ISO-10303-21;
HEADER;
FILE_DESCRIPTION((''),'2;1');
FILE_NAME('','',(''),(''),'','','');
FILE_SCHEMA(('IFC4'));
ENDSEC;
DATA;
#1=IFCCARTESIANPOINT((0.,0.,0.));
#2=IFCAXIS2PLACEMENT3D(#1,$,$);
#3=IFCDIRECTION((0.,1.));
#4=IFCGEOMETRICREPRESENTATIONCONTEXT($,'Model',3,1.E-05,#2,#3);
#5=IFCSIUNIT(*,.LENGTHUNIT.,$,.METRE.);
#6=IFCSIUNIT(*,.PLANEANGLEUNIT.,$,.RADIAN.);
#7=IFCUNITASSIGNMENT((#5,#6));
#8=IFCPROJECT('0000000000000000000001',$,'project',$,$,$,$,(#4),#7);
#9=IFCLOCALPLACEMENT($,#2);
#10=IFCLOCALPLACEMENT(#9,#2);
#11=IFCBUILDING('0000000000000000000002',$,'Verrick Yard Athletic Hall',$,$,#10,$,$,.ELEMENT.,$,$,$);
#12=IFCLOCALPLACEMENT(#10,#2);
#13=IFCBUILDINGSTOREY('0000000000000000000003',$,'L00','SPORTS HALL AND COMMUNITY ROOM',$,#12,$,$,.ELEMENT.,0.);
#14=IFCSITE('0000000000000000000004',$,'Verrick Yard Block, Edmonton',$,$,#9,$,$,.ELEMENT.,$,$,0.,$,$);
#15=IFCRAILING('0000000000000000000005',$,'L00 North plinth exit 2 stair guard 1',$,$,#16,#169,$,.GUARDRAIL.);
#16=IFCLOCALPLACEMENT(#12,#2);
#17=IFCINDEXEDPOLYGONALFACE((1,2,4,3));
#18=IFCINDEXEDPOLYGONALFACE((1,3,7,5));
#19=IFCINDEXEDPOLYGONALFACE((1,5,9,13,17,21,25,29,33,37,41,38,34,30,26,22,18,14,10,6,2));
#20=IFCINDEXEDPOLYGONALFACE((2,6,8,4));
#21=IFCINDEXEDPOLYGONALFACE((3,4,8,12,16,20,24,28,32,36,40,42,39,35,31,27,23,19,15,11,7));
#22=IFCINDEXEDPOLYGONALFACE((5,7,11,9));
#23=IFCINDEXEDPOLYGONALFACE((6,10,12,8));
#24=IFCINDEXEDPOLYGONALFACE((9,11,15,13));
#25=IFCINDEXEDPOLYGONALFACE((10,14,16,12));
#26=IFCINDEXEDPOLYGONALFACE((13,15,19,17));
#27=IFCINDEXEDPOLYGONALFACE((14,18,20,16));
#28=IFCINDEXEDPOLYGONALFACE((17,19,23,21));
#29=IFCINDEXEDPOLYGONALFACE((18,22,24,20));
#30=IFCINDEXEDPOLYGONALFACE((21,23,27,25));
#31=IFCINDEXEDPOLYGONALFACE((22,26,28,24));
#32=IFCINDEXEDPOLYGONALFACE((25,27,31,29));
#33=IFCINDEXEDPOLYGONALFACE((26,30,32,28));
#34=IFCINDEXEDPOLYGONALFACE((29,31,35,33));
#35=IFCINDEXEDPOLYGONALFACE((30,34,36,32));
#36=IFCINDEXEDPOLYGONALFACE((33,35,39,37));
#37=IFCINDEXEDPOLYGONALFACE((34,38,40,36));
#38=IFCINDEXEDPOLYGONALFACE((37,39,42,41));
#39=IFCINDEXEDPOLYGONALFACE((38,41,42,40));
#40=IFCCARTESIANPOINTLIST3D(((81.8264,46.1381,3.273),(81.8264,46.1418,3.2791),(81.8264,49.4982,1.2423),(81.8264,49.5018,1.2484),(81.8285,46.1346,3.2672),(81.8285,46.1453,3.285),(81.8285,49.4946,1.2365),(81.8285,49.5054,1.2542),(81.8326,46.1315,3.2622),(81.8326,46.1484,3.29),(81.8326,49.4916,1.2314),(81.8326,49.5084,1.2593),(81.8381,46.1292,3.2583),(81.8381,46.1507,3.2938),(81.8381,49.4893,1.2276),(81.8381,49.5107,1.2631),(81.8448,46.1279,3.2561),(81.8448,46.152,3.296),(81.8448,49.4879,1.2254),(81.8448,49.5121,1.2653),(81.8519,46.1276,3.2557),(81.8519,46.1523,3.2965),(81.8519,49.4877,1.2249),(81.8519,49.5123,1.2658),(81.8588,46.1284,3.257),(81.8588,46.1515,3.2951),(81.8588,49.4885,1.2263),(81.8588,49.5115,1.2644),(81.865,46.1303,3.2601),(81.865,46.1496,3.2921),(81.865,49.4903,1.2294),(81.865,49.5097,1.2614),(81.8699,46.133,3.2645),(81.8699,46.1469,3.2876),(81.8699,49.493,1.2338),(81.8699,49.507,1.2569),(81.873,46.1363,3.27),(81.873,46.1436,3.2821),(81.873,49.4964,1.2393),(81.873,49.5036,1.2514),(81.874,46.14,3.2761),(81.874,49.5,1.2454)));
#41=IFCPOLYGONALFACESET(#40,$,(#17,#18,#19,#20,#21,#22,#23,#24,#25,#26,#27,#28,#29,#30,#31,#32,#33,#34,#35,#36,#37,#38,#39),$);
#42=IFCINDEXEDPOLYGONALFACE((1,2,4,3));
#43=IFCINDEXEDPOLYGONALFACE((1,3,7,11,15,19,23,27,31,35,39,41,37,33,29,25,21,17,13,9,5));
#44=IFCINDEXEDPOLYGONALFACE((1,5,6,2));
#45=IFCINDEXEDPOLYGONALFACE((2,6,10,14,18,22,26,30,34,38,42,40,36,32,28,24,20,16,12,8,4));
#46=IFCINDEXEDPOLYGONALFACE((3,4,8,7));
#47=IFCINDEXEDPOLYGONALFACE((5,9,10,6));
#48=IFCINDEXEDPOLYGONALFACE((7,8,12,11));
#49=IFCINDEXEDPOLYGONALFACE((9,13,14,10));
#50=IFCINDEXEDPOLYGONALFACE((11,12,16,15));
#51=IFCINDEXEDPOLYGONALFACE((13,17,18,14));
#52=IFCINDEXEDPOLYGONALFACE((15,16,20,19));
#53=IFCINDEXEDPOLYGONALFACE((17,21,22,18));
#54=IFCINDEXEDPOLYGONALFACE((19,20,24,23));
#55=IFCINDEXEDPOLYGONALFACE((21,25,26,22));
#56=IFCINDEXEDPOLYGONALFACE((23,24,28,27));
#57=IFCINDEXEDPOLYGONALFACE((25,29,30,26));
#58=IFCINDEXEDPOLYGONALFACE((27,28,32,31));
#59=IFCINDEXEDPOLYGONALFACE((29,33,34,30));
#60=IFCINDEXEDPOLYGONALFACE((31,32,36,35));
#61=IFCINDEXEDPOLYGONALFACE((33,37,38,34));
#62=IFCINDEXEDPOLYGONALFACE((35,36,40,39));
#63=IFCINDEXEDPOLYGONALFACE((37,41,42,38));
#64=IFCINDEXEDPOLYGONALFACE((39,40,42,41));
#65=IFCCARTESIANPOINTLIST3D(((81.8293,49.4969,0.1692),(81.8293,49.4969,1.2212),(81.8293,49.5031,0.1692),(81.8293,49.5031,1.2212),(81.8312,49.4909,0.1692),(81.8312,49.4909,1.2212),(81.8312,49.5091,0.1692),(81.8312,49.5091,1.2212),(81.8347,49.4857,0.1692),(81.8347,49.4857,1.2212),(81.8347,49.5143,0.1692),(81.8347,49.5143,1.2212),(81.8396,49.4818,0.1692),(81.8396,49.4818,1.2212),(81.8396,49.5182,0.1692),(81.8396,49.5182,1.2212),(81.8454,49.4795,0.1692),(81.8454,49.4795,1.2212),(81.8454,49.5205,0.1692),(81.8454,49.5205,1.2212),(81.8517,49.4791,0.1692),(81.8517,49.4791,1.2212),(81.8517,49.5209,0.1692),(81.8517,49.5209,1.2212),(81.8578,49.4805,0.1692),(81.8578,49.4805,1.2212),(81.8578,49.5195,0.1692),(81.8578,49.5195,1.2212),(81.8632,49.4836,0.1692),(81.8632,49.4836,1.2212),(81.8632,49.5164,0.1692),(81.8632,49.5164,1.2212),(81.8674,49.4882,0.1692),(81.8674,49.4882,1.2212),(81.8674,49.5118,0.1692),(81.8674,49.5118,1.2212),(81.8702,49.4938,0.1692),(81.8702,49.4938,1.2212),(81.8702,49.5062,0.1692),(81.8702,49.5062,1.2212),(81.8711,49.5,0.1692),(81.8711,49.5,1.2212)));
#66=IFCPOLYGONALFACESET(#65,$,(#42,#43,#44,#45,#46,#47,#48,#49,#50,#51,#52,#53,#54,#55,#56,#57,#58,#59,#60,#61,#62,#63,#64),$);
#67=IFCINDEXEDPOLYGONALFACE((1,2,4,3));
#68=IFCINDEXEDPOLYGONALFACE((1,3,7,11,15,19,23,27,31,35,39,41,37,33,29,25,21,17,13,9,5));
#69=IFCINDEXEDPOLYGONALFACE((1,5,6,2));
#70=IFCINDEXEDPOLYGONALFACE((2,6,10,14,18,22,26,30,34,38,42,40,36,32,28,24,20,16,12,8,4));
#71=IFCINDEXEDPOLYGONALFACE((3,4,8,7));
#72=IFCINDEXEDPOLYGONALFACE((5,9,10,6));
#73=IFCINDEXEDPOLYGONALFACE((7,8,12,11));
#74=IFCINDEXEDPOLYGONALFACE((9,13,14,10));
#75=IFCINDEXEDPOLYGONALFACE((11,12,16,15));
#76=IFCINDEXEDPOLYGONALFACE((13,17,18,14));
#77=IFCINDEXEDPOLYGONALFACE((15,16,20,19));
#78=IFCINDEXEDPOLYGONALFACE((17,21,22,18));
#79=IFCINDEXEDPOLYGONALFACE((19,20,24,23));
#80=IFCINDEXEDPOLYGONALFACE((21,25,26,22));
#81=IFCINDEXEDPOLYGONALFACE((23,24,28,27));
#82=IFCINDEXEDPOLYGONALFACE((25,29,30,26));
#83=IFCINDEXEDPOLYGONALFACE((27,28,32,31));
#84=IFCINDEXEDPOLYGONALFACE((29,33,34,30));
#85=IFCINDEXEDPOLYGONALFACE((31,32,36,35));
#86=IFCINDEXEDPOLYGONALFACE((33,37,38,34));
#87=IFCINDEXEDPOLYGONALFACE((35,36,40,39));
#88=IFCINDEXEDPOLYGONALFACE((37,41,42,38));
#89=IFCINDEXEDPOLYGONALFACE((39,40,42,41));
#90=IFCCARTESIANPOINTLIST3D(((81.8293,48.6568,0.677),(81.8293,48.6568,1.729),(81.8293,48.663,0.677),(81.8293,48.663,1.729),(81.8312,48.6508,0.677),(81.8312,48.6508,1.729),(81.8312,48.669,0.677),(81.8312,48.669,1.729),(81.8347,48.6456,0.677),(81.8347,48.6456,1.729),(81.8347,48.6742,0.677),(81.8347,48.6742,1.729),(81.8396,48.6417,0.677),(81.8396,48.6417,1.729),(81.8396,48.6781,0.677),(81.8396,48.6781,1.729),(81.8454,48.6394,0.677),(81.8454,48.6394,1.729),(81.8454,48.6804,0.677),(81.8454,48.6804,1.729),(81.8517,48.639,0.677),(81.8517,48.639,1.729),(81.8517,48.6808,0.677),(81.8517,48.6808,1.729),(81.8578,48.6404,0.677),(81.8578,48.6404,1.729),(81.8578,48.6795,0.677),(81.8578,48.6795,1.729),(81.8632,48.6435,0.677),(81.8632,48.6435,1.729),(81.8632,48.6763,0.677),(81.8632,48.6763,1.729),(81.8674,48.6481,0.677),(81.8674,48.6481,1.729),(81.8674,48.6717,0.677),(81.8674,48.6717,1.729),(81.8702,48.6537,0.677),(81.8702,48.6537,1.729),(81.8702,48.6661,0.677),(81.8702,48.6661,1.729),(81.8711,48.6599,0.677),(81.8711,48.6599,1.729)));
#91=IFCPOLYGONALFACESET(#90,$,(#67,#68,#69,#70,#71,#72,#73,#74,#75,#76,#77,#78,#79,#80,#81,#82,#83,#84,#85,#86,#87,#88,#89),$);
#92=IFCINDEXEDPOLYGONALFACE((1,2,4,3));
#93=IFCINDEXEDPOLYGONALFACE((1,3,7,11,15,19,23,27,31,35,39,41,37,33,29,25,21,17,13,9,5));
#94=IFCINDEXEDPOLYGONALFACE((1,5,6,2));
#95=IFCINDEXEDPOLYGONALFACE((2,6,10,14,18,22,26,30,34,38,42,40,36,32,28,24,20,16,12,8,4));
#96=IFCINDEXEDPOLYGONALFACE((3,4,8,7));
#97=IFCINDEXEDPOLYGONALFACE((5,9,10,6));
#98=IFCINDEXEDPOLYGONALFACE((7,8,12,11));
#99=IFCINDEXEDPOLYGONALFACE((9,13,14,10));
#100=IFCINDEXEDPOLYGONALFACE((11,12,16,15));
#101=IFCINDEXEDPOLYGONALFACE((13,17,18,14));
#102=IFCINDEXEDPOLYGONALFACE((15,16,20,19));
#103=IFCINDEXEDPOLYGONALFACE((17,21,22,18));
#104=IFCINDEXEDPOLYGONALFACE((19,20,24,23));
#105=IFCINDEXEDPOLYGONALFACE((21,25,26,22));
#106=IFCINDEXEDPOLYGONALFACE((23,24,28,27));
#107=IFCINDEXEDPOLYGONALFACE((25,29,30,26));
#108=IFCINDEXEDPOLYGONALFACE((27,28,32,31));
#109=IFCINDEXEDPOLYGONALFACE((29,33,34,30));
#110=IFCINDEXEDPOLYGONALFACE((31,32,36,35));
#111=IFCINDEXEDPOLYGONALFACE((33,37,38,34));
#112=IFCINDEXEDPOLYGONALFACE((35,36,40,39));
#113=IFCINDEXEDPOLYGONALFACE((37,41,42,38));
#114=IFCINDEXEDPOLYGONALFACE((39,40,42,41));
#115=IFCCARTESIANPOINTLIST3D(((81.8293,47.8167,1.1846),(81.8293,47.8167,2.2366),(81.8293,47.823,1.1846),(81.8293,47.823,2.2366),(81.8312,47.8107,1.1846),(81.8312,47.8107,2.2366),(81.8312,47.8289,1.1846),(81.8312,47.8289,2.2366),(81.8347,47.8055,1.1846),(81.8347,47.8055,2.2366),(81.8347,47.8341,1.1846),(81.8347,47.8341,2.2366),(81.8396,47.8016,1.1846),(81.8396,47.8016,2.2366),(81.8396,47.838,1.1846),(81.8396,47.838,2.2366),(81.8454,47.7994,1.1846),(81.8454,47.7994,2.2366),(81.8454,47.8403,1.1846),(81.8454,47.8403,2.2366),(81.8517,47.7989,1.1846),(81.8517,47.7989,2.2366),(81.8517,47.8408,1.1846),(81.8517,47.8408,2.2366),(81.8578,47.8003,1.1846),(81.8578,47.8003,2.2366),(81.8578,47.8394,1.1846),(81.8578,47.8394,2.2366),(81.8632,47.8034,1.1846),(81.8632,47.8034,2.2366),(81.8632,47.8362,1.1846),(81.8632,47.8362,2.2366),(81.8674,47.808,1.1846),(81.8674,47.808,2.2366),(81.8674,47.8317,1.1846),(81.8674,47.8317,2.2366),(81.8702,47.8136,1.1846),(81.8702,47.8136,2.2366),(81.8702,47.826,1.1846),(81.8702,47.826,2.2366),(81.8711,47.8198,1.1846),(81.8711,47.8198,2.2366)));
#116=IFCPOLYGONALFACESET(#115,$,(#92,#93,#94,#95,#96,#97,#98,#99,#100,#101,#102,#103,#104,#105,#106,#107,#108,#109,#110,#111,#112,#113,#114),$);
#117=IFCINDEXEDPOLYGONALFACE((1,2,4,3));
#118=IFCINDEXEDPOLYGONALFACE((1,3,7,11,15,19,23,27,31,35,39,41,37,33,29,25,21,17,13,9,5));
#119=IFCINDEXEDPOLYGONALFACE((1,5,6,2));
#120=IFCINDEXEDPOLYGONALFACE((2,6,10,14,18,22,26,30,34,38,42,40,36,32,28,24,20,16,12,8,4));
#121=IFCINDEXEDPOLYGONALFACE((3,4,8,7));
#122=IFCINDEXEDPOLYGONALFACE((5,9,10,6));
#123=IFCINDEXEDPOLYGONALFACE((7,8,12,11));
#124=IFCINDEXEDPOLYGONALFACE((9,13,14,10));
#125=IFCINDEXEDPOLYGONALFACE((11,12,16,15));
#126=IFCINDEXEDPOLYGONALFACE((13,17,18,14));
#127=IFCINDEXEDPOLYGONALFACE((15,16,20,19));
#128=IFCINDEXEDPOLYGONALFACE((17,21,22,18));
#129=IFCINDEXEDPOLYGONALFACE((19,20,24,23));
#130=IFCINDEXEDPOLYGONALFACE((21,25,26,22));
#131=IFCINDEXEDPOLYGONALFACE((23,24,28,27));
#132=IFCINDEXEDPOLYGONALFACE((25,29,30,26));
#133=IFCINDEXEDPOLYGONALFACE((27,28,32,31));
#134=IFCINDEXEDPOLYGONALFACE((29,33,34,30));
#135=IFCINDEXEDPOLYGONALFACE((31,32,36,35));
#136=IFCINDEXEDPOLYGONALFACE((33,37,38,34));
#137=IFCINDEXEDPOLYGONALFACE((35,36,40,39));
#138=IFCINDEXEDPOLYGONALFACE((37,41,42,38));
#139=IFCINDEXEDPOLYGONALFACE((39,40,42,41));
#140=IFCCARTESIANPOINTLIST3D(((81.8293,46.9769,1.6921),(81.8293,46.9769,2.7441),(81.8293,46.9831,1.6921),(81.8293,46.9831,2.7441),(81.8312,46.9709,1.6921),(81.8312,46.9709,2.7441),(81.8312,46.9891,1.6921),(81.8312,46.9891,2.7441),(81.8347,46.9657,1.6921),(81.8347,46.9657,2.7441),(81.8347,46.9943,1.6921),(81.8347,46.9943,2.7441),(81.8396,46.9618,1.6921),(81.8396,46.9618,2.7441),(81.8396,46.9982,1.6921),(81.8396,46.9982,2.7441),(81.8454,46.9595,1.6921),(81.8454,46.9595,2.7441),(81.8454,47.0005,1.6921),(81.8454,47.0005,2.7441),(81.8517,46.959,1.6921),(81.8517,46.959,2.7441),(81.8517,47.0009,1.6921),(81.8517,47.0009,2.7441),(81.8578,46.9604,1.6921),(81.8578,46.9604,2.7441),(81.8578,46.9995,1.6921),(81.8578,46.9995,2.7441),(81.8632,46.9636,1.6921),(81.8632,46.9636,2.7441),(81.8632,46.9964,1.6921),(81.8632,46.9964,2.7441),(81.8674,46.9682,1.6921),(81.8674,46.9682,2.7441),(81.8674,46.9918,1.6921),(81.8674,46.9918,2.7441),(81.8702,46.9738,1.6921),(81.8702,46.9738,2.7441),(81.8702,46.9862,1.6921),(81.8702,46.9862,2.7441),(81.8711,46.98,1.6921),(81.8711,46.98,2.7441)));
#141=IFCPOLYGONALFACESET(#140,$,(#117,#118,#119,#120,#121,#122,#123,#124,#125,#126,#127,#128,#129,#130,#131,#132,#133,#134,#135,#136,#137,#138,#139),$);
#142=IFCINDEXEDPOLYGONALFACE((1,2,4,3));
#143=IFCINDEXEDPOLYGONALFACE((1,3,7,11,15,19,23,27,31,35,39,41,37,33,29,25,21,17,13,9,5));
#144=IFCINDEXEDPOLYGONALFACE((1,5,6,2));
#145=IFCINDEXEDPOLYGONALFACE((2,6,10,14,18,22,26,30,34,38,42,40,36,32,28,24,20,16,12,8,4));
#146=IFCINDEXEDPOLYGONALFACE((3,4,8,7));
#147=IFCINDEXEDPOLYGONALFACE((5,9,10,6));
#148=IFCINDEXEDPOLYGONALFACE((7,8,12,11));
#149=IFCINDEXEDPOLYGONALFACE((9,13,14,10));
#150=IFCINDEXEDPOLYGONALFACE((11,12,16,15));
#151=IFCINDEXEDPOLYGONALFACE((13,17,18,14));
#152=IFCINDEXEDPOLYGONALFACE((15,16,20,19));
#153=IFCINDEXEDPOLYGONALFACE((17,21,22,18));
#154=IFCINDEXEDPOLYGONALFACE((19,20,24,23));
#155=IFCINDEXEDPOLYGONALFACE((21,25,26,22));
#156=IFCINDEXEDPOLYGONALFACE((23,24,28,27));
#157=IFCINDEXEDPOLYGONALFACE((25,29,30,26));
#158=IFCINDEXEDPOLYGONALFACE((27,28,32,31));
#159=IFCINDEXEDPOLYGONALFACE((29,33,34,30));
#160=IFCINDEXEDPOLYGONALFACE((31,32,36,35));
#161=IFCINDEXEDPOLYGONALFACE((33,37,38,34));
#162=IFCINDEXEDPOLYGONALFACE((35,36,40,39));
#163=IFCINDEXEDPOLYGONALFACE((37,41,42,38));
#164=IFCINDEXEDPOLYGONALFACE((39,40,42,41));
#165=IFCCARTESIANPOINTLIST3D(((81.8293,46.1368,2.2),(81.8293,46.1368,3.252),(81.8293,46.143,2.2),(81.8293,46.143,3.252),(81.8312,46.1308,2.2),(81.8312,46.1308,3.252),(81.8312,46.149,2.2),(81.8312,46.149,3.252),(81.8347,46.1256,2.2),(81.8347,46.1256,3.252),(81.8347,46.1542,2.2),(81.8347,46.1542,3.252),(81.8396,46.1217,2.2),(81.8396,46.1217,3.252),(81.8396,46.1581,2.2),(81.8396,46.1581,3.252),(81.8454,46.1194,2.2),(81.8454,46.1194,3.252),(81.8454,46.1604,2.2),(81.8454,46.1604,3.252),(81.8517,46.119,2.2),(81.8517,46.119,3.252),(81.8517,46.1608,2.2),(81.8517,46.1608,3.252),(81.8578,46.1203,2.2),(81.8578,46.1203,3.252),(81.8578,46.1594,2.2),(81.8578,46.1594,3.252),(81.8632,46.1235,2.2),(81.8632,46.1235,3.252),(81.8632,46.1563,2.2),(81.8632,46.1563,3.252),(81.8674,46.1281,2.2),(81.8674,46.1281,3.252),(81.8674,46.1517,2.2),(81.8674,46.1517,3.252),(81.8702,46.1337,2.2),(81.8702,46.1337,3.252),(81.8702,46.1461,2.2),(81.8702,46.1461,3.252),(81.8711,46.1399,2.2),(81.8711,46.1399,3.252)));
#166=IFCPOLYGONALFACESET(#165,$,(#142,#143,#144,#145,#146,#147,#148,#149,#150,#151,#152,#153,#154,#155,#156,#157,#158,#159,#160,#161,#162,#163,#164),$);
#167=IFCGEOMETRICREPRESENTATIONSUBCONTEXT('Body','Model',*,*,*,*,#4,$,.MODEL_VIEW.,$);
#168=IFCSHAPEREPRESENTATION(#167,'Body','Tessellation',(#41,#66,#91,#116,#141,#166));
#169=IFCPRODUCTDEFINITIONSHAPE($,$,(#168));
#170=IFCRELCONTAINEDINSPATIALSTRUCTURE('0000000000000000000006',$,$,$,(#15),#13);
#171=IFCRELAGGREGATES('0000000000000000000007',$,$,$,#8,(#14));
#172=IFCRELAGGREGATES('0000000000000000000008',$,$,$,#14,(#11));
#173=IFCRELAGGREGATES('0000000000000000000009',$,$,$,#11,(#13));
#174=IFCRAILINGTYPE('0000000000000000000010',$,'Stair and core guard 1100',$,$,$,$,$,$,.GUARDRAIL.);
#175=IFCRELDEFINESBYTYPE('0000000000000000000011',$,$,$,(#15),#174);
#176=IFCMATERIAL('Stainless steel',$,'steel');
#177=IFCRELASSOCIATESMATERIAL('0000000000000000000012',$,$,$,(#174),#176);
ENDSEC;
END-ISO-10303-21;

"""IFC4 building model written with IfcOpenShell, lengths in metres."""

from ifc_helpers import new_model, si_unit, direction, frame, origin, origin_2d, place, context, subcontext, project, spatial, circle, extrude, material, type_object, element, save


model = new_model("IFC4")

# Units and contexts
model_context = context("Model", 3, precision=1e-05, world=origin(), true_north=direction((0.0, 1.0)))
body_context = subcontext(model_context, "Body", "Model", "MODEL_VIEW")
ifc_project = project(units=[si_unit("LENGTHUNIT", "METRE"), si_unit("PLANEANGLEUNIT", "RADIAN")], contexts=[model_context])

# Site, building, storey
site_placement = place(None, origin())
site = spatial("IfcSite", under=ifc_project, at=site_placement, Name="Verrick Yard Block, Edmonton", CompositionType="ELEMENT", RefElevation=0.0)
building_placement = place(site_placement, origin())
building = spatial("IfcBuilding", under=site, at=building_placement, Name="Verrick Yard Athletic Hall", CompositionType="ELEMENT")
storey_placement = place(building_placement, origin())
storey = spatial("IfcBuildingStorey", under=building, at=storey_placement, Name="L00", Description="SPORTS HALL AND COMMUNITY ROOM", CompositionType="ELEMENT", Elevation=0.0)

# Railing
ifc_material_1 = material(Name="Stainless steel", Category="steel")
railing_type_1 = type_object("IfcRailingType", Name="Stair and core guard 1100", PredefinedType="GUARDRAIL", material=ifc_material_1)
railing_1_placement = place(storey_placement, frame((81.8501, 49.5, 0.1692)))
element("IfcRailing", 1, at=railing_1_placement, inside=storey, type_object=railing_type_1, Name="L00 North plinth exit 2 stair guard 1", PredefinedType="GUARDRAIL", context=body_context, shape_type="SweptSolid", body=[
    extrude(circle(Radius=0.0239, at=origin_2d()), frame((0.0, 0.0, 1.0762), z_axis=(0.0, -0.855837, 0.517246), x_axis=(1.0, 0.0, 0.0)), (0.0, 0.0, 1.0), 3.926),
    extrude(circle(Radius=0.021, at=origin_2d()), origin(), (0.0, 0.0, 1.0), 1.052),
    extrude(circle(Radius=0.021, at=origin_2d()), frame((0.0, -0.8401, 0.5078)), (0.0, 0.0, 1.0), 1.052),
    extrude(circle(Radius=0.021, at=origin_2d()), frame((0.0, -1.6802, 1.0154)), (0.0, 0.0, 1.0), 1.052),
    extrude(circle(Radius=0.021, at=origin_2d()), frame((0.0, -2.52, 1.5229)), (0.0, 0.0, 1.0), 1.052),
    extrude(circle(Radius=0.021, at=origin_2d()), frame((0.0, -3.3601, 2.0308)), (0.0, 0.0, 1.0), 1.052),
])

save(model, "model.ifc")
